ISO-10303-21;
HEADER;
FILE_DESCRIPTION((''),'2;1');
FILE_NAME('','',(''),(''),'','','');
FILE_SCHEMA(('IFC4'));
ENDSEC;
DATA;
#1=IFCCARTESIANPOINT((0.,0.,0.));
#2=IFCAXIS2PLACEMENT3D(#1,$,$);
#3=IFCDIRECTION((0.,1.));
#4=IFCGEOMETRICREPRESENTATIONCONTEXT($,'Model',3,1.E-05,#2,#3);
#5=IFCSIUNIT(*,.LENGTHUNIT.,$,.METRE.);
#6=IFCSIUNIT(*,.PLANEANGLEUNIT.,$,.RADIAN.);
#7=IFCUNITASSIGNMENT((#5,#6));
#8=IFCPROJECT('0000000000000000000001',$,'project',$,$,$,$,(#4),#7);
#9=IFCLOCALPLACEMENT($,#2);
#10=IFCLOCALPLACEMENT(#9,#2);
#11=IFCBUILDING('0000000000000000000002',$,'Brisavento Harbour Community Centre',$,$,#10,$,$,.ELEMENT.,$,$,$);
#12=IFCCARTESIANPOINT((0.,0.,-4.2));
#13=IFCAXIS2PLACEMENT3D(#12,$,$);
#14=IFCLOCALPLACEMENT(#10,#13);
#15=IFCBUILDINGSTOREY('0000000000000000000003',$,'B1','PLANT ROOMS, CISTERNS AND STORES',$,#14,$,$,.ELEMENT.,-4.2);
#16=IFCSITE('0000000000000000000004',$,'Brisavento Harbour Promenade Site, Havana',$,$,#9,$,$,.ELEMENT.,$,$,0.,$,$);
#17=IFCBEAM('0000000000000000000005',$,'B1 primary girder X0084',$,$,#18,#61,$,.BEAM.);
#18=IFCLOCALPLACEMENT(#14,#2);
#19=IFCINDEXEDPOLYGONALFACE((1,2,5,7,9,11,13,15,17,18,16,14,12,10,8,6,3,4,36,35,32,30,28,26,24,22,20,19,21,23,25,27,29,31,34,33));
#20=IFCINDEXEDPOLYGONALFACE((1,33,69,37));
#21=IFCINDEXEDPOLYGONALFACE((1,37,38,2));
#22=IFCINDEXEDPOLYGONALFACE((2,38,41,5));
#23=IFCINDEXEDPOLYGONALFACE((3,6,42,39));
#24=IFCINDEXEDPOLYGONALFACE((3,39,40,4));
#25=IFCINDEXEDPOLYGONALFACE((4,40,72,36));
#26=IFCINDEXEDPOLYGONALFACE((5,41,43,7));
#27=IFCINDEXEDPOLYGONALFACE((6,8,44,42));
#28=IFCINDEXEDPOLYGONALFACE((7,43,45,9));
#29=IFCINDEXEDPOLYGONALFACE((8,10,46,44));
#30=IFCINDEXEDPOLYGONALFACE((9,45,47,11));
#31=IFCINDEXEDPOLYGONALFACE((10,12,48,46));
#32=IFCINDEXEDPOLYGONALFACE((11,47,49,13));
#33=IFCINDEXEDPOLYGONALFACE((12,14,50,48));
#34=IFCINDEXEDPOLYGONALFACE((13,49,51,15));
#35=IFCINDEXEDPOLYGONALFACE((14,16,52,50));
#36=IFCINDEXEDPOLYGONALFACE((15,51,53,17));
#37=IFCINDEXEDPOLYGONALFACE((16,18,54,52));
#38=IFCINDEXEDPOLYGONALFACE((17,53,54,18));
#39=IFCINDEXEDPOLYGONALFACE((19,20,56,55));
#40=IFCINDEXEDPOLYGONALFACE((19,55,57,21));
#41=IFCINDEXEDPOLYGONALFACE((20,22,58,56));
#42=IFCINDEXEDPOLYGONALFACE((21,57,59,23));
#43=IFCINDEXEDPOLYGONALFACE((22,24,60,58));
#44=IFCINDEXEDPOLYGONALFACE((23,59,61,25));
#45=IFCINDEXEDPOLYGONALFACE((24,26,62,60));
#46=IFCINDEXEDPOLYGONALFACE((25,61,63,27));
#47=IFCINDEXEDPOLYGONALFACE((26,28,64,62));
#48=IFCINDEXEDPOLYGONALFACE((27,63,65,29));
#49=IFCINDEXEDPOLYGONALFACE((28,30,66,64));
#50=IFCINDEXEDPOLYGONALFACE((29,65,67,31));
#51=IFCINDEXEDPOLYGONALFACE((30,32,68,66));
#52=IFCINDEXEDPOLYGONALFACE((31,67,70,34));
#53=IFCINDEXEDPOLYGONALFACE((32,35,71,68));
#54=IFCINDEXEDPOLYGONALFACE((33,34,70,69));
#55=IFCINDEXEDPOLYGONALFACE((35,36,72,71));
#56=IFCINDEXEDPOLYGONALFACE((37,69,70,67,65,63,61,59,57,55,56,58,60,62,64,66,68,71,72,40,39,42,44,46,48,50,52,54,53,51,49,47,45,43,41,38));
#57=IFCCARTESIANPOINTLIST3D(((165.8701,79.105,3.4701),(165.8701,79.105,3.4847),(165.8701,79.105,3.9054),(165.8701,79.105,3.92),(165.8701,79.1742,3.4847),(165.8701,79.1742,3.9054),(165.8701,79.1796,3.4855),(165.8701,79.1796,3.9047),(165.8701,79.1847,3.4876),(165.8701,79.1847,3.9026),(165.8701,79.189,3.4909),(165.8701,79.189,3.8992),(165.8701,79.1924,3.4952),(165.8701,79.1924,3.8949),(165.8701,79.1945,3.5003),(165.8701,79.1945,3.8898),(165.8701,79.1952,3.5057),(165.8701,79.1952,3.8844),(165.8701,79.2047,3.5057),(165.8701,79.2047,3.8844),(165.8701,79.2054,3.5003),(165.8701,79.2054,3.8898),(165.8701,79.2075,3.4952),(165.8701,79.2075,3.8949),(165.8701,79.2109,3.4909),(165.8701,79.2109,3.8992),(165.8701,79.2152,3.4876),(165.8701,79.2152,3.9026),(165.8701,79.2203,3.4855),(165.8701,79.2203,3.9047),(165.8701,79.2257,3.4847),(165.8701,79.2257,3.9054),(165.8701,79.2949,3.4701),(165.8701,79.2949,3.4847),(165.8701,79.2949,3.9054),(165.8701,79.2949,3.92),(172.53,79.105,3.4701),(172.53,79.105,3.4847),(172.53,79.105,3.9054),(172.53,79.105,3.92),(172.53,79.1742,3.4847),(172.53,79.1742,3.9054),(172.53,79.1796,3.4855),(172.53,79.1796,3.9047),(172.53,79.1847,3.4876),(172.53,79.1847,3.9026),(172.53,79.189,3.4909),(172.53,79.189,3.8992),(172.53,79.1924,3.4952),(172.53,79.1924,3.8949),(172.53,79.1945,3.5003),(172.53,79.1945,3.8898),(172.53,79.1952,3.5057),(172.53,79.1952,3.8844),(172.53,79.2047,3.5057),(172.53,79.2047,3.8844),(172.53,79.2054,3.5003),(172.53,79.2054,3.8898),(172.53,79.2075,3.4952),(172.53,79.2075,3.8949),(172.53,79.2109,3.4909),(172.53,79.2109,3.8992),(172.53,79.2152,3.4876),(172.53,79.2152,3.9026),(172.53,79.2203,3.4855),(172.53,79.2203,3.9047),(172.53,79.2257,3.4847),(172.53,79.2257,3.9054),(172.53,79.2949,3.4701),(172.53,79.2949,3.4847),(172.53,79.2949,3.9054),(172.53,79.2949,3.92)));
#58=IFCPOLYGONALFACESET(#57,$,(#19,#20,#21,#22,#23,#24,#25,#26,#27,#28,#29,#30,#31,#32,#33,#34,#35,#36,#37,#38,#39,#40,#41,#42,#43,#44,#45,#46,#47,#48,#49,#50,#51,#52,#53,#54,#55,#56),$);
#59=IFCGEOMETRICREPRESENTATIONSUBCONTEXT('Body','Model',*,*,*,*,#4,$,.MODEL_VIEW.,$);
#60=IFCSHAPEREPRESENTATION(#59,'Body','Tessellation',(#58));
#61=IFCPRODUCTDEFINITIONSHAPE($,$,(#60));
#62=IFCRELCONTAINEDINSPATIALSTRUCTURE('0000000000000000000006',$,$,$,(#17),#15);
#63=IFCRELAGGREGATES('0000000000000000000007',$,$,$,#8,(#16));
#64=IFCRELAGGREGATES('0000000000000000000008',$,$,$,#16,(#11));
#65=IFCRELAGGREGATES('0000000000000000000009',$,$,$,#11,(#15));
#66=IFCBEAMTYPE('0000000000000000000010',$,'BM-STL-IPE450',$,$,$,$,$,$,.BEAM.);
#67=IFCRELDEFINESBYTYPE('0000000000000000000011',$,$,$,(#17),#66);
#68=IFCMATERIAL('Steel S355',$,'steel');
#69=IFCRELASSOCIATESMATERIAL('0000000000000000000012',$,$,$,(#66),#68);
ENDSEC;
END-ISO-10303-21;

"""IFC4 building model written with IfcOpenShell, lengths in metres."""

from ifc_helpers import new_model, si_unit, direction, frame, origin, origin_2d, place, context, subcontext, project, spatial, i_section, extrude, material, material_profile, profile_set, type_object, element, save


model = new_model("IFC4")

# Units and contexts
model_context = context("Model", 3, precision=1e-05, world=origin(), true_north=direction((0.0, 1.0)))
body_context = subcontext(model_context, "Body", "Model", "MODEL_VIEW")
ifc_project = project(units=[si_unit("LENGTHUNIT", "METRE"), si_unit("PLANEANGLEUNIT", "RADIAN")], contexts=[model_context])

# Site, building, storey
site_placement = place(None, origin())
site = spatial("IfcSite", under=ifc_project, at=site_placement, Name="Brisavento Harbour Promenade Site, Havana", CompositionType="ELEMENT", RefElevation=0.0)
building_placement = place(site_placement, origin())
building = spatial("IfcBuilding", under=site, at=building_placement, Name="Brisavento Harbour Community Centre", CompositionType="ELEMENT")
storey_placement = place(building_placement, frame((0.0, 0.0, -4.2)))
storey = spatial("IfcBuildingStorey", under=building, at=storey_placement, Name="B1", Description="PLANT ROOMS, CISTERNS AND STORES", CompositionType="ELEMENT", Elevation=-4.2)

# Beam
ifc_material_1 = material(Name="Steel S355", Category="steel")
ifc_material_profile_1 = material_profile(ifc_material_1, i_section(OverallWidth=0.1899, OverallDepth=0.45, WebThickness=0.0095, FlangeThickness=0.0146, FilletRadius=0.021, at=origin_2d()), Name="Steel S355")
ifc_profile_set_1 = profile_set([ifc_material_profile_1], Name="Steel S355")
beam_type_1 = type_object("IfcBeamType", Name="BM-STL-IPE450", PredefinedType="BEAM", material=ifc_profile_set_1)
beam_placement = place(storey_placement, frame((165.8701, 79.2, 3.6951), z_axis=(1.0, 0.0, 0.0), x_axis=(0.0, 1.0, 0.0)))
element("IfcBeam", 1, at=beam_placement, inside=storey, type_object=beam_type_1, Name="B1 primary girder X0084", PredefinedType="BEAM", context=body_context, shape_type="SweptSolid", body=[
    extrude(i_section(OverallWidth=0.1899, OverallDepth=0.45, WebThickness=0.0095, FlangeThickness=0.0146, FilletRadius=0.021, at=origin_2d()), origin(), (0.0, 0.0, 1.0), 6.6599),
])

save(model, "model.ifc")
